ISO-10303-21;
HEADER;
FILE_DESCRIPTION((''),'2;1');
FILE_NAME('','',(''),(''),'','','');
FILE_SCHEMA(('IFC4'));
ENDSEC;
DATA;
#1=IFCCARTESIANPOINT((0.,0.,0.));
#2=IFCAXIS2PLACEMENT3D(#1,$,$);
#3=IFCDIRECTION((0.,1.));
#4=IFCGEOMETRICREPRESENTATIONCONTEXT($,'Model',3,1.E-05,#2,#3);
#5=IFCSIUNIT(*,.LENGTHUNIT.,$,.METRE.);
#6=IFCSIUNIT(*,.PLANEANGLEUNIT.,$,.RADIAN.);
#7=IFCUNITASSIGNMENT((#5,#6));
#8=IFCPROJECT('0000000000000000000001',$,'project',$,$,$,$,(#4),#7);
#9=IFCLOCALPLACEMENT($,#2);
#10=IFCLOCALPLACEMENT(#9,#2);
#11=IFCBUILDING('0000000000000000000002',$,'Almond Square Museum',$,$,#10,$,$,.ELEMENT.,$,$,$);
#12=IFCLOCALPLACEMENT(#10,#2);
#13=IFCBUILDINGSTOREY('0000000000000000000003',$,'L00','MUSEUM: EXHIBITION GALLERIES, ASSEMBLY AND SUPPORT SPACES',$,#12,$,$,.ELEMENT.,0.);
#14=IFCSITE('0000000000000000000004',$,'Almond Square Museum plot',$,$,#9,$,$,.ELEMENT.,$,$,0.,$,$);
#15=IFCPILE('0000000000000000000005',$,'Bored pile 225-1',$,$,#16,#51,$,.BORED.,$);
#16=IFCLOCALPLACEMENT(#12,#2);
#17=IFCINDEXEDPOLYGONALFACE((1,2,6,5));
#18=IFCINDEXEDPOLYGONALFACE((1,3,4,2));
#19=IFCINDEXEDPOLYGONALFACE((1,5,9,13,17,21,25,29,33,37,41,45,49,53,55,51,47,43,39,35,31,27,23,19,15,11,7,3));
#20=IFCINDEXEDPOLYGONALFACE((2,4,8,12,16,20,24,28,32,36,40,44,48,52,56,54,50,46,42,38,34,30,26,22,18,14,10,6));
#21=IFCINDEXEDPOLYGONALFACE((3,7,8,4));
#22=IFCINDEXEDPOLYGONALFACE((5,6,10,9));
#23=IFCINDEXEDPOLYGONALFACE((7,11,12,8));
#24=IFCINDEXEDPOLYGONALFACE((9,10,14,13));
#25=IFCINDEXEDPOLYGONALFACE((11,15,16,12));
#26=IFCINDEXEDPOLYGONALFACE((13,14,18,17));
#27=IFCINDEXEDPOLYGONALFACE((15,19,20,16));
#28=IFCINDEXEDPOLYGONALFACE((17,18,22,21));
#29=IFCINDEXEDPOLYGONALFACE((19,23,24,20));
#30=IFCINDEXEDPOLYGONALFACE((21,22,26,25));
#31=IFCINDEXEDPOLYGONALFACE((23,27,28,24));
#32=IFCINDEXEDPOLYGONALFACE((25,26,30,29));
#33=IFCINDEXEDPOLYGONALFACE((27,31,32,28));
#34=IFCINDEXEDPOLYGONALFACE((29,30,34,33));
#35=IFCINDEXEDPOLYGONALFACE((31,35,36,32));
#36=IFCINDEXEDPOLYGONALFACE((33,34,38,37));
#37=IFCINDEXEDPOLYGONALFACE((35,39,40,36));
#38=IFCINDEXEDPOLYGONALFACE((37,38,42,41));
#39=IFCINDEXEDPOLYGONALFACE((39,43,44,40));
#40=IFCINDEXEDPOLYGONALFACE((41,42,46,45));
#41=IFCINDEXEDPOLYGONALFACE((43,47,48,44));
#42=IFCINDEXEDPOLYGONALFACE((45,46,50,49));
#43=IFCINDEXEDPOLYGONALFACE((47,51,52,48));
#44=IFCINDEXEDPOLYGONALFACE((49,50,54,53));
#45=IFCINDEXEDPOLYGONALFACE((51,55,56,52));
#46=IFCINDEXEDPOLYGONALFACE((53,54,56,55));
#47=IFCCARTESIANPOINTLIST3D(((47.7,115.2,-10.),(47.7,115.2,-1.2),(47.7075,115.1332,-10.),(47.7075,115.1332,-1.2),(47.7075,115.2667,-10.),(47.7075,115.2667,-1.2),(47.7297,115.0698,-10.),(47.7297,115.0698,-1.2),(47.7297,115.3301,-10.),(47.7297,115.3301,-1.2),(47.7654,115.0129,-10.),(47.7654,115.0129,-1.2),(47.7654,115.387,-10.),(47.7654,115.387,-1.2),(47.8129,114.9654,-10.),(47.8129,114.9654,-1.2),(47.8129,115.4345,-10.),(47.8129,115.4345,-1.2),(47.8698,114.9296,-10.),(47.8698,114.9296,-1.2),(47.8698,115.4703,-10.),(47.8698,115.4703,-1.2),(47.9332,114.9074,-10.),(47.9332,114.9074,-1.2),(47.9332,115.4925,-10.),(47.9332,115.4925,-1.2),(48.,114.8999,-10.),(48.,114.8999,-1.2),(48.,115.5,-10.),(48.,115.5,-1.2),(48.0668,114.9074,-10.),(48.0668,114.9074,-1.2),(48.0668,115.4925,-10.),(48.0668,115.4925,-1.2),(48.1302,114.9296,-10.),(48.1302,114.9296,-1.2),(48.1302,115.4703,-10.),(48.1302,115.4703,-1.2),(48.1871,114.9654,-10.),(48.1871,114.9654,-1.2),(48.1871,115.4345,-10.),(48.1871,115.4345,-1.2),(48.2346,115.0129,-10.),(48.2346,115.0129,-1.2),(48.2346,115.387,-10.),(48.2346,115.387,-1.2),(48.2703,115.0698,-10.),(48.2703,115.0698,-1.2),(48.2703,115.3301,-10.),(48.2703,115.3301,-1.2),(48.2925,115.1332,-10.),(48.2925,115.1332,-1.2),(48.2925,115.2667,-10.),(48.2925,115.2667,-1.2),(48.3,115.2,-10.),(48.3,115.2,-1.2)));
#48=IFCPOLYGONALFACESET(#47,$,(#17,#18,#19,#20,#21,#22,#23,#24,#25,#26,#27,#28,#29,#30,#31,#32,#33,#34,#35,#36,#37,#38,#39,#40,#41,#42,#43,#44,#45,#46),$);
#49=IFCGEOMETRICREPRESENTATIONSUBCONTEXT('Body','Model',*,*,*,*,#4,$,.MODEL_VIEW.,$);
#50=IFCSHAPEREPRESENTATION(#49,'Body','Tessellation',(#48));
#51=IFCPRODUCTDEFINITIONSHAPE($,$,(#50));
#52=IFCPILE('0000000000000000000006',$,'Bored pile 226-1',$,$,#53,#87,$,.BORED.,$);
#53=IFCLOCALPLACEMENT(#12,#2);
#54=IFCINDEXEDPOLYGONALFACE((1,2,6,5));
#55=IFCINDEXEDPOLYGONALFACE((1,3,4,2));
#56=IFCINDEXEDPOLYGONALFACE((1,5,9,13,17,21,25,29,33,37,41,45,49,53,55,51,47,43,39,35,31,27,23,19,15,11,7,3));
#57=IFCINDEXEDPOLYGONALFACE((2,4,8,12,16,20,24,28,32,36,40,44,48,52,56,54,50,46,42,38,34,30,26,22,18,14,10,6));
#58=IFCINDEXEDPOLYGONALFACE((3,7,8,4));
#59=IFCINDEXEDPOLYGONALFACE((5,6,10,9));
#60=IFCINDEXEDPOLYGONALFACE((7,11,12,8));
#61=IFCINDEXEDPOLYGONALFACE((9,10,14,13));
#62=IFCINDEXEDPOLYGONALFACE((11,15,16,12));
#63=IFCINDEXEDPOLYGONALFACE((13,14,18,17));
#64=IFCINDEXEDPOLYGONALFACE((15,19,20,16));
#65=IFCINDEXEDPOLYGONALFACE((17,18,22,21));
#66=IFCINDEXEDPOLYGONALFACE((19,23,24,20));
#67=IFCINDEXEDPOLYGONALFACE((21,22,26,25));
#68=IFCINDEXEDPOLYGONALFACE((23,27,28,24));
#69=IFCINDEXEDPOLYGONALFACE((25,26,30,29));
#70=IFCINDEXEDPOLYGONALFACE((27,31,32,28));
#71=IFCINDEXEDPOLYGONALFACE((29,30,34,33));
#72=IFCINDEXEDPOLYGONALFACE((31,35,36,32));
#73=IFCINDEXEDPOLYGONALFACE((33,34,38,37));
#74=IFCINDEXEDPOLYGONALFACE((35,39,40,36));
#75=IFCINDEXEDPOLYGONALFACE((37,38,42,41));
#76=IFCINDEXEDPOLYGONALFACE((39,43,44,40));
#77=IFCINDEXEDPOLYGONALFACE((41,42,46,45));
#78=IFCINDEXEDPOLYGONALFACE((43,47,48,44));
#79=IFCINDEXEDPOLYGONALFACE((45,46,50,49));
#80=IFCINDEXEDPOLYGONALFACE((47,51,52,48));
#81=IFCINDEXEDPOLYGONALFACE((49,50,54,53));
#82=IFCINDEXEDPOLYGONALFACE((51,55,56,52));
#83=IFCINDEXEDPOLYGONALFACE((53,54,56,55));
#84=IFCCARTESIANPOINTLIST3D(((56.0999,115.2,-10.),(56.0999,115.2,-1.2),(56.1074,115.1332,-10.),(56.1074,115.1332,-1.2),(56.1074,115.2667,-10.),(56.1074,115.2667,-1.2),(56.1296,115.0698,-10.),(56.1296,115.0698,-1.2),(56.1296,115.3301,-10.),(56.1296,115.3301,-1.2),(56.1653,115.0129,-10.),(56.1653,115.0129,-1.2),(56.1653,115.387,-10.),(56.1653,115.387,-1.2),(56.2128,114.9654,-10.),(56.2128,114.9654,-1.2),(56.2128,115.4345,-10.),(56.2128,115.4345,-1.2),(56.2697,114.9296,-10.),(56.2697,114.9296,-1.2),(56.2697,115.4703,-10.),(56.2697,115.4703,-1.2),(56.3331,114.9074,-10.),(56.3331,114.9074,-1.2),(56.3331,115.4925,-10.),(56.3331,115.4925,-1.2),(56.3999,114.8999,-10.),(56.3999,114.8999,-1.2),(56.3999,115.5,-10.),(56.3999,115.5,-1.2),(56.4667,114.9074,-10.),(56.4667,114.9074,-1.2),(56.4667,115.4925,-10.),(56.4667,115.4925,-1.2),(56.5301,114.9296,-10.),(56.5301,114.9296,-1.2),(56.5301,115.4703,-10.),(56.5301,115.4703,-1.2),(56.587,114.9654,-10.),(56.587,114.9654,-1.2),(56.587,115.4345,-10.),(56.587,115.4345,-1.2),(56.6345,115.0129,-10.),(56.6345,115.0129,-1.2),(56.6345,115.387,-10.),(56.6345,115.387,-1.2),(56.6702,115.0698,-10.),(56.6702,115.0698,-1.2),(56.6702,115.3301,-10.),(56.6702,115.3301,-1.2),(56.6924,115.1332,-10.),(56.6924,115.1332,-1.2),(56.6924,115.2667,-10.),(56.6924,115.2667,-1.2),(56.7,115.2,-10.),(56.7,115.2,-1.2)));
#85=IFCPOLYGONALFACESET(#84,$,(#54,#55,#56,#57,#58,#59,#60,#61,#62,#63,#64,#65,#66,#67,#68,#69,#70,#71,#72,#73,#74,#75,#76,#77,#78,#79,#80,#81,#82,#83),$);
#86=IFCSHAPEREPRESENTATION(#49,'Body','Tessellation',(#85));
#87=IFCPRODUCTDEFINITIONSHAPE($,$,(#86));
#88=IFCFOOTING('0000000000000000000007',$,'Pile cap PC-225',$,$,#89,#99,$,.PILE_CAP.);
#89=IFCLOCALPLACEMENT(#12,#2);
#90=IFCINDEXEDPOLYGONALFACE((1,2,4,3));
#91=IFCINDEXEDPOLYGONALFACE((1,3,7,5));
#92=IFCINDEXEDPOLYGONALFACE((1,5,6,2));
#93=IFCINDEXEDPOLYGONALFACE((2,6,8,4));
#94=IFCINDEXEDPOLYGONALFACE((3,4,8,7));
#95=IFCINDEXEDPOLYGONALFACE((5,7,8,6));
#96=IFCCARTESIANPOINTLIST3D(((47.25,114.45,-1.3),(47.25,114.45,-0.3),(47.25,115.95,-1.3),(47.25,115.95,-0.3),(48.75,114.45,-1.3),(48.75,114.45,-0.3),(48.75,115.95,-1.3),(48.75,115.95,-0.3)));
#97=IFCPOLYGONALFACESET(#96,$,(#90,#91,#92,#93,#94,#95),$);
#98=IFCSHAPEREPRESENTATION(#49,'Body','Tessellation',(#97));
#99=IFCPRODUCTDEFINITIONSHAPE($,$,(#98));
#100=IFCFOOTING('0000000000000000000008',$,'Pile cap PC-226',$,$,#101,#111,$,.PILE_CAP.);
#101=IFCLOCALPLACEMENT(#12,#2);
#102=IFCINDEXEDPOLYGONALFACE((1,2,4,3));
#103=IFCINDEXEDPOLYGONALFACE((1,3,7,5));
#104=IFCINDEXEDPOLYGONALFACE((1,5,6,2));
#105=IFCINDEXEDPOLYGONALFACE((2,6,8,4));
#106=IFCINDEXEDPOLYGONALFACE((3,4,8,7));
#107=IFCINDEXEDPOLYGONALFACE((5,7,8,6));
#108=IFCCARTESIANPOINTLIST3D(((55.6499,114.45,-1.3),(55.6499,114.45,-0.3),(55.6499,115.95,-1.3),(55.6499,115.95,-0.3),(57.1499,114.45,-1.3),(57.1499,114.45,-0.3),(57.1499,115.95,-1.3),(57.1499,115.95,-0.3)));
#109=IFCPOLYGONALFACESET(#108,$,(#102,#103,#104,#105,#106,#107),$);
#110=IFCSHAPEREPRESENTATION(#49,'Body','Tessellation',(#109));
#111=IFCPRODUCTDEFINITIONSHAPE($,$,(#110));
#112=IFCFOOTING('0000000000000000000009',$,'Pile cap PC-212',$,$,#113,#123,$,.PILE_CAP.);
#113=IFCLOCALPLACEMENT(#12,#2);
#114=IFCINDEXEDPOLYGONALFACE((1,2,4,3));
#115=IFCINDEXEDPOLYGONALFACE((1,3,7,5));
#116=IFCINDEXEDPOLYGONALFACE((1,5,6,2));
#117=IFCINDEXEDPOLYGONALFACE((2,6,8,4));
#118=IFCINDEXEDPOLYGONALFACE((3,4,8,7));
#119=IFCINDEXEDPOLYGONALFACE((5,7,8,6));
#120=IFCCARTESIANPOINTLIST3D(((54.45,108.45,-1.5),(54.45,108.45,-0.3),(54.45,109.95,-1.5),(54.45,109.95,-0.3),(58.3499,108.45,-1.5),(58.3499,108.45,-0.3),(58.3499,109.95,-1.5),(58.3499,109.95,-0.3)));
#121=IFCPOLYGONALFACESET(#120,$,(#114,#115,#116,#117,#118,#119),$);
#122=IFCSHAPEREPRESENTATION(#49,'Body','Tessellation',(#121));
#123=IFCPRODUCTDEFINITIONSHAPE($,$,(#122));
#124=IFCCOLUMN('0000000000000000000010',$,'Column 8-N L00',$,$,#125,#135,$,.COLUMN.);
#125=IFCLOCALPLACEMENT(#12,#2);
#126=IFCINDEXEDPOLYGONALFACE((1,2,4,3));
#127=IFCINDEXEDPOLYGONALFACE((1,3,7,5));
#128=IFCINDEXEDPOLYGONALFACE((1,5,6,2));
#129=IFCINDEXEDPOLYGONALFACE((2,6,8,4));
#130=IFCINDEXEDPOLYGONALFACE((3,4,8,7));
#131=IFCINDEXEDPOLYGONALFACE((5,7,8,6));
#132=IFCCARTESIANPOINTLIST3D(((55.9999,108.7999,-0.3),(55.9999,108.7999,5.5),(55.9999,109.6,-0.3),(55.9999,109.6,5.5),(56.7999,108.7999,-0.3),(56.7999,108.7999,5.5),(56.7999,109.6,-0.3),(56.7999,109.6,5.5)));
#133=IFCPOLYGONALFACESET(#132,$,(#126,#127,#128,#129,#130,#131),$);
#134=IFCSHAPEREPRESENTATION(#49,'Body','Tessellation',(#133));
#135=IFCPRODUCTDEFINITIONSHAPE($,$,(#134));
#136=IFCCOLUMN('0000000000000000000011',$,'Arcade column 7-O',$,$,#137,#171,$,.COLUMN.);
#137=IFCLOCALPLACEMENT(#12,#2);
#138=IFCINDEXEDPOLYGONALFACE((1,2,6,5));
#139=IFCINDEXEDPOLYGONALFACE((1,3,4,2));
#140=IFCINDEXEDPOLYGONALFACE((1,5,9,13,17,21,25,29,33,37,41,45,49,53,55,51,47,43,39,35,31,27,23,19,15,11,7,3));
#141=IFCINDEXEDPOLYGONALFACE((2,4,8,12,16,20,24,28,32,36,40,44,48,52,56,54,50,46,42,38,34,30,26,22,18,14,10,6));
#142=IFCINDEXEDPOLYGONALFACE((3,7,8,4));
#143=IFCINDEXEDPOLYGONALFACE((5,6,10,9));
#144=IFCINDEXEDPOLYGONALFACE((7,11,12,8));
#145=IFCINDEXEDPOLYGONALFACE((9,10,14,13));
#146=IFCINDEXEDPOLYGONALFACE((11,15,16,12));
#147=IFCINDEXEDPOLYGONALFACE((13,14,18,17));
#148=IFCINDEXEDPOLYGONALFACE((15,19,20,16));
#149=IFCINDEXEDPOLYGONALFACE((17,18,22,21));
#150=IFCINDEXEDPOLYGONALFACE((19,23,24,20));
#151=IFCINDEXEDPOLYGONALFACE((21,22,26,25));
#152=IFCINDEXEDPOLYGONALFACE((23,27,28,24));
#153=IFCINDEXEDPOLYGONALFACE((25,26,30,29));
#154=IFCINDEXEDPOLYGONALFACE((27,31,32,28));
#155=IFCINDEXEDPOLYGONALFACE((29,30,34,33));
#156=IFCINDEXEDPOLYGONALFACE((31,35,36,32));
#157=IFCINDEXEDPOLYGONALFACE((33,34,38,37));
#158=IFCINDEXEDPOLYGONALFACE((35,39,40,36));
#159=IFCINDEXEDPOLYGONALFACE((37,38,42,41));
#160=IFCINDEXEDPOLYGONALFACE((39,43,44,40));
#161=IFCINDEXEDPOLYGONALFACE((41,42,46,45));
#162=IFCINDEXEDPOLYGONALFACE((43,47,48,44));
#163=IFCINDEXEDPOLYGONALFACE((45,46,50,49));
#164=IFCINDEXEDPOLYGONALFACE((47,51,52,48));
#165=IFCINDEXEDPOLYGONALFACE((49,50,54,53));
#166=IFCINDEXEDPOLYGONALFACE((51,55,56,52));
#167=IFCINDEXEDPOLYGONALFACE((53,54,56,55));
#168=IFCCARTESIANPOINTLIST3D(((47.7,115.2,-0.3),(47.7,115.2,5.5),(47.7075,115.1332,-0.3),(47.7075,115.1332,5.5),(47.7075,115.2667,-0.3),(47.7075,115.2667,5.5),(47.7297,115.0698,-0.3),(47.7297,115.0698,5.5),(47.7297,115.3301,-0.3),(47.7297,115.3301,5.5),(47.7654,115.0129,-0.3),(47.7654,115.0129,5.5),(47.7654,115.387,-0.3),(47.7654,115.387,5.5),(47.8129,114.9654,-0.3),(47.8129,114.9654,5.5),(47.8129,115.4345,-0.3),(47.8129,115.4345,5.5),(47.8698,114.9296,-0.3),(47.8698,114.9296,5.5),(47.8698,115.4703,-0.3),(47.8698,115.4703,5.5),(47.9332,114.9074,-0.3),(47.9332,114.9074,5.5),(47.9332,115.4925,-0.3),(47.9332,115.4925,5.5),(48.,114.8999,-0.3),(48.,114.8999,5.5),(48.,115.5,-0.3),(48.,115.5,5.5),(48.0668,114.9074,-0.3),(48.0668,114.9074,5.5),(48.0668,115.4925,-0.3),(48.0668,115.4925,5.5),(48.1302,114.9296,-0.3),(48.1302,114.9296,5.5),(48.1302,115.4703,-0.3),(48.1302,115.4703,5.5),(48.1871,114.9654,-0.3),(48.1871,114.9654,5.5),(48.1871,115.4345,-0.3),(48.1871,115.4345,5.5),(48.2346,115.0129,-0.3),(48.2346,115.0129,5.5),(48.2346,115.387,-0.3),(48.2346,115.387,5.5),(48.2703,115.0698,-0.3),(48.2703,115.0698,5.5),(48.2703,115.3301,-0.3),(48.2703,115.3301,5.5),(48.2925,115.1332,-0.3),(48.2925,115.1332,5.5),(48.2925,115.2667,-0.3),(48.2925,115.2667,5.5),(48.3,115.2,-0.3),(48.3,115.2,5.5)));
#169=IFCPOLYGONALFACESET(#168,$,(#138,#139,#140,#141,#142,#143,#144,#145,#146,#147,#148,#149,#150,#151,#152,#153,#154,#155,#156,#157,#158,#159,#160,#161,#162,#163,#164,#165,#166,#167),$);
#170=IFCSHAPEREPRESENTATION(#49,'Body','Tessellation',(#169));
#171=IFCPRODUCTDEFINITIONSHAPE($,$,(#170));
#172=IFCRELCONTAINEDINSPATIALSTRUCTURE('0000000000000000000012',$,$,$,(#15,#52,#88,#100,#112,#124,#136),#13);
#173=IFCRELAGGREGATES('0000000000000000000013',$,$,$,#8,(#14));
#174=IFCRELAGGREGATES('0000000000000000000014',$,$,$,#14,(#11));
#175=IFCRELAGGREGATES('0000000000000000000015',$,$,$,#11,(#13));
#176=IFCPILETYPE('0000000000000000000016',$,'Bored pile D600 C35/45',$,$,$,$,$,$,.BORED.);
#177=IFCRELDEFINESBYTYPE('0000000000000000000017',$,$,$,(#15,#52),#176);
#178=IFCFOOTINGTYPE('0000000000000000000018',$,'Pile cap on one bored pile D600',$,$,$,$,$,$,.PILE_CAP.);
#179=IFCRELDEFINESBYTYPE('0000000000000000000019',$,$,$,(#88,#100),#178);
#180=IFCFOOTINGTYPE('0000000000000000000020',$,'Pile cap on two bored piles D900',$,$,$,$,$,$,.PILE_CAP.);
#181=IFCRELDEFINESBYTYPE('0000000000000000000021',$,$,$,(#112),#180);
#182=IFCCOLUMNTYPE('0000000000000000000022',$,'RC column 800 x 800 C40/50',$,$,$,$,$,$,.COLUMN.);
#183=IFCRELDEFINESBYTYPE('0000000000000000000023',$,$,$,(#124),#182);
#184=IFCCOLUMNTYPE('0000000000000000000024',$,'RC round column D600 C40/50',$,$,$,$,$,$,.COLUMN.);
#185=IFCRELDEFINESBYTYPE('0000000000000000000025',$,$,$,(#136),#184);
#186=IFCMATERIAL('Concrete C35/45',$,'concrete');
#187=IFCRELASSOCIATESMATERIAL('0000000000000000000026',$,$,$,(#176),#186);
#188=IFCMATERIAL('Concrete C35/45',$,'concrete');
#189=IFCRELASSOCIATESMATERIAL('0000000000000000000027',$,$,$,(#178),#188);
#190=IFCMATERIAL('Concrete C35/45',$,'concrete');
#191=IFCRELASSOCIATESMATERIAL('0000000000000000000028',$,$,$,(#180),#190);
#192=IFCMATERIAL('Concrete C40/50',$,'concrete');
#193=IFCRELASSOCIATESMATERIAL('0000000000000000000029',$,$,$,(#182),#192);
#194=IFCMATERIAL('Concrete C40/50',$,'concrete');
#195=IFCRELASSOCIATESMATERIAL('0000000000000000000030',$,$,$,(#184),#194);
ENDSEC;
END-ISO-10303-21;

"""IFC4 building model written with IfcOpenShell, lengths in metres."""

from ifc_helpers import new_model, si_unit, direction, frame, origin, origin_2d, place, context, subcontext, project, spatial, rectangle, circle, extrude, material, material_profile, profile_set, type_object, element, save


model = new_model("IFC4")

# Units and contexts
model_context = context("Model", 3, precision=1e-05, world=origin(), true_north=direction((0.0, 1.0)))
body_context = subcontext(model_context, "Body", "Model", "MODEL_VIEW")
ifc_project = project(units=[si_unit("LENGTHUNIT", "METRE"), si_unit("PLANEANGLEUNIT", "RADIAN")], contexts=[model_context])

# Site, building, storey
site_placement = place(None, origin())
site = spatial("IfcSite", under=ifc_project, at=site_placement, Name="Almond Square Museum plot", CompositionType="ELEMENT", RefElevation=0.0)
building_placement = place(site_placement, origin())
building = spatial("IfcBuilding", under=site, at=building_placement, Name="Almond Square Museum", CompositionType="ELEMENT")
storey_placement = place(building_placement, origin())
storey = spatial("IfcBuildingStorey", under=building, at=storey_placement, Name="L00", Description="MUSEUM: EXHIBITION GALLERIES, ASSEMBLY AND SUPPORT SPACES", CompositionType="ELEMENT", Elevation=0.0)

# Piles
ifc_material_1 = material(Name="Concrete C35/45", Category="concrete")
ifc_material_profile_1 = material_profile(ifc_material_1, circle(Radius=0.3, at=origin_2d()))
ifc_profile_set_1 = profile_set([ifc_material_profile_1], Name="Concrete C35/45")
pile_type = type_object("IfcPileType", Name="Bored pile D600 C35/45", PredefinedType="BORED", material=ifc_profile_set_1)
for number, where, z_axis, x_axis, name in (
    (1, (48.0, 115.2, -1.2), (0.0, 0.0, -1.0), (1.0, 0.0, 0.0), "Bored pile 225-1"),
    (2, (56.3999, 115.2, -1.2), (0.0, 0.0, -1.0), (1.0, 0.0, 0.0), "Bored pile 226-1"),
):
    element("IfcPile", number, at=place(storey_placement, frame(where, z_axis=z_axis, x_axis=x_axis)), inside=storey, type_object=pile_type, Name=name, PredefinedType="BORED", context=body_context, shape_type="SweptSolid", body=[
        extrude(circle(Radius=0.3, at=origin_2d()), origin(), (0.0, 0.0, 1.0), 8.8),
    ])

# Footings
ifc_material_2 = material(Name="Concrete C35/45", Category="concrete")
footing_type_1 = type_object("IfcFootingType", Name="Pile cap on one bored pile D600", PredefinedType="PILE_CAP", material=ifc_material_2)
for number, where, z_axis, x_axis, name in (
    (3, (48.0, 115.2, -1.3), (0.0, 0.0, 1.0), (1.0, 0.0, 0.0), "Pile cap PC-225"),
    (4, (56.3999, 115.2, -1.3), (0.0, 0.0, 1.0), (1.0, 0.0, 0.0), "Pile cap PC-226"),
):
    element("IfcFooting", number, at=place(storey_placement, frame(where, z_axis=z_axis, x_axis=x_axis)), inside=storey, type_object=footing_type_1, Name=name, PredefinedType="PILE_CAP", context=body_context, shape_type="SweptSolid", body=[
        extrude(rectangle(XDim=1.5, YDim=1.5, at=origin_2d()), origin(), (0.0, 0.0, 1.0), 1.0),
    ])
ifc_material_3 = material(Name="Concrete C35/45", Category="concrete")
footing_type_2 = type_object("IfcFootingType", Name="Pile cap on two bored piles D900", PredefinedType="PILE_CAP", material=ifc_material_3)
footing_placement = place(storey_placement, frame((56.3999, 109.2, -1.5), z_axis=(0.0, 0.0, 1.0), x_axis=(1.0, 0.0, 0.0)))
element("IfcFooting", 5, at=footing_placement, inside=storey, type_object=footing_type_2, Name="Pile cap PC-212", PredefinedType="PILE_CAP", context=body_context, shape_type="SweptSolid", body=[
    extrude(rectangle(XDim=3.8999, YDim=1.5, at=origin_2d()), origin(), (0.0, 0.0, 1.0), 1.2),
])

# Columns
ifc_material_4 = material(Name="Concrete C40/50", Category="concrete")
ifc_material_profile_2 = material_profile(ifc_material_4, rectangle(XDim=0.8, YDim=0.8, at=origin_2d()))
ifc_profile_set_2 = profile_set([ifc_material_profile_2], Name="Concrete C40/50")
column_type_1 = type_object("IfcColumnType", Name="RC column 800 x 800 C40/50", PredefinedType="COLUMN", material=ifc_profile_set_2)
column_placement = place(storey_placement, frame((56.3999, 109.2, -0.3), z_axis=(0.0, 0.0, 1.0), x_axis=(1.0, 0.0, 0.0)))
element("IfcColumn", 6, at=column_placement, inside=storey, type_object=column_type_1, Name="Column 8-N L00", PredefinedType="COLUMN", context=body_context, shape_type="SweptSolid", body=[
    extrude(rectangle(XDim=0.8, YDim=0.8, at=origin_2d()), origin(), (0.0, 0.0, 1.0), 5.8),
])
ifc_material_5 = material(Name="Concrete C40/50", Category="concrete")
ifc_material_profile_3 = material_profile(ifc_material_5, circle(Radius=0.3, at=origin_2d()))
ifc_profile_set_3 = profile_set([ifc_material_profile_3], Name="Concrete C40/50")
column_type_2 = type_object("IfcColumnType", Name="RC round column D600 C40/50", PredefinedType="COLUMN", material=ifc_profile_set_3)
for number, where, z_axis, x_axis, name in (
    (7, (48.0, 115.2, -0.3), (0.0, 0.0, 1.0), (1.0, 0.0, 0.0), "Arcade column 7-O"),
):
    element("IfcColumn", number, at=place(storey_placement, frame(where, z_axis=z_axis, x_axis=x_axis)), inside=storey, type_object=column_type_2, Name=name, PredefinedType="COLUMN", context=body_context, shape_type="SweptSolid", body=[
        extrude(circle(Radius=0.3, at=origin_2d()), origin(), (0.0, 0.0, 1.0), 5.8),
    ])

save(model, "model.ifc")
